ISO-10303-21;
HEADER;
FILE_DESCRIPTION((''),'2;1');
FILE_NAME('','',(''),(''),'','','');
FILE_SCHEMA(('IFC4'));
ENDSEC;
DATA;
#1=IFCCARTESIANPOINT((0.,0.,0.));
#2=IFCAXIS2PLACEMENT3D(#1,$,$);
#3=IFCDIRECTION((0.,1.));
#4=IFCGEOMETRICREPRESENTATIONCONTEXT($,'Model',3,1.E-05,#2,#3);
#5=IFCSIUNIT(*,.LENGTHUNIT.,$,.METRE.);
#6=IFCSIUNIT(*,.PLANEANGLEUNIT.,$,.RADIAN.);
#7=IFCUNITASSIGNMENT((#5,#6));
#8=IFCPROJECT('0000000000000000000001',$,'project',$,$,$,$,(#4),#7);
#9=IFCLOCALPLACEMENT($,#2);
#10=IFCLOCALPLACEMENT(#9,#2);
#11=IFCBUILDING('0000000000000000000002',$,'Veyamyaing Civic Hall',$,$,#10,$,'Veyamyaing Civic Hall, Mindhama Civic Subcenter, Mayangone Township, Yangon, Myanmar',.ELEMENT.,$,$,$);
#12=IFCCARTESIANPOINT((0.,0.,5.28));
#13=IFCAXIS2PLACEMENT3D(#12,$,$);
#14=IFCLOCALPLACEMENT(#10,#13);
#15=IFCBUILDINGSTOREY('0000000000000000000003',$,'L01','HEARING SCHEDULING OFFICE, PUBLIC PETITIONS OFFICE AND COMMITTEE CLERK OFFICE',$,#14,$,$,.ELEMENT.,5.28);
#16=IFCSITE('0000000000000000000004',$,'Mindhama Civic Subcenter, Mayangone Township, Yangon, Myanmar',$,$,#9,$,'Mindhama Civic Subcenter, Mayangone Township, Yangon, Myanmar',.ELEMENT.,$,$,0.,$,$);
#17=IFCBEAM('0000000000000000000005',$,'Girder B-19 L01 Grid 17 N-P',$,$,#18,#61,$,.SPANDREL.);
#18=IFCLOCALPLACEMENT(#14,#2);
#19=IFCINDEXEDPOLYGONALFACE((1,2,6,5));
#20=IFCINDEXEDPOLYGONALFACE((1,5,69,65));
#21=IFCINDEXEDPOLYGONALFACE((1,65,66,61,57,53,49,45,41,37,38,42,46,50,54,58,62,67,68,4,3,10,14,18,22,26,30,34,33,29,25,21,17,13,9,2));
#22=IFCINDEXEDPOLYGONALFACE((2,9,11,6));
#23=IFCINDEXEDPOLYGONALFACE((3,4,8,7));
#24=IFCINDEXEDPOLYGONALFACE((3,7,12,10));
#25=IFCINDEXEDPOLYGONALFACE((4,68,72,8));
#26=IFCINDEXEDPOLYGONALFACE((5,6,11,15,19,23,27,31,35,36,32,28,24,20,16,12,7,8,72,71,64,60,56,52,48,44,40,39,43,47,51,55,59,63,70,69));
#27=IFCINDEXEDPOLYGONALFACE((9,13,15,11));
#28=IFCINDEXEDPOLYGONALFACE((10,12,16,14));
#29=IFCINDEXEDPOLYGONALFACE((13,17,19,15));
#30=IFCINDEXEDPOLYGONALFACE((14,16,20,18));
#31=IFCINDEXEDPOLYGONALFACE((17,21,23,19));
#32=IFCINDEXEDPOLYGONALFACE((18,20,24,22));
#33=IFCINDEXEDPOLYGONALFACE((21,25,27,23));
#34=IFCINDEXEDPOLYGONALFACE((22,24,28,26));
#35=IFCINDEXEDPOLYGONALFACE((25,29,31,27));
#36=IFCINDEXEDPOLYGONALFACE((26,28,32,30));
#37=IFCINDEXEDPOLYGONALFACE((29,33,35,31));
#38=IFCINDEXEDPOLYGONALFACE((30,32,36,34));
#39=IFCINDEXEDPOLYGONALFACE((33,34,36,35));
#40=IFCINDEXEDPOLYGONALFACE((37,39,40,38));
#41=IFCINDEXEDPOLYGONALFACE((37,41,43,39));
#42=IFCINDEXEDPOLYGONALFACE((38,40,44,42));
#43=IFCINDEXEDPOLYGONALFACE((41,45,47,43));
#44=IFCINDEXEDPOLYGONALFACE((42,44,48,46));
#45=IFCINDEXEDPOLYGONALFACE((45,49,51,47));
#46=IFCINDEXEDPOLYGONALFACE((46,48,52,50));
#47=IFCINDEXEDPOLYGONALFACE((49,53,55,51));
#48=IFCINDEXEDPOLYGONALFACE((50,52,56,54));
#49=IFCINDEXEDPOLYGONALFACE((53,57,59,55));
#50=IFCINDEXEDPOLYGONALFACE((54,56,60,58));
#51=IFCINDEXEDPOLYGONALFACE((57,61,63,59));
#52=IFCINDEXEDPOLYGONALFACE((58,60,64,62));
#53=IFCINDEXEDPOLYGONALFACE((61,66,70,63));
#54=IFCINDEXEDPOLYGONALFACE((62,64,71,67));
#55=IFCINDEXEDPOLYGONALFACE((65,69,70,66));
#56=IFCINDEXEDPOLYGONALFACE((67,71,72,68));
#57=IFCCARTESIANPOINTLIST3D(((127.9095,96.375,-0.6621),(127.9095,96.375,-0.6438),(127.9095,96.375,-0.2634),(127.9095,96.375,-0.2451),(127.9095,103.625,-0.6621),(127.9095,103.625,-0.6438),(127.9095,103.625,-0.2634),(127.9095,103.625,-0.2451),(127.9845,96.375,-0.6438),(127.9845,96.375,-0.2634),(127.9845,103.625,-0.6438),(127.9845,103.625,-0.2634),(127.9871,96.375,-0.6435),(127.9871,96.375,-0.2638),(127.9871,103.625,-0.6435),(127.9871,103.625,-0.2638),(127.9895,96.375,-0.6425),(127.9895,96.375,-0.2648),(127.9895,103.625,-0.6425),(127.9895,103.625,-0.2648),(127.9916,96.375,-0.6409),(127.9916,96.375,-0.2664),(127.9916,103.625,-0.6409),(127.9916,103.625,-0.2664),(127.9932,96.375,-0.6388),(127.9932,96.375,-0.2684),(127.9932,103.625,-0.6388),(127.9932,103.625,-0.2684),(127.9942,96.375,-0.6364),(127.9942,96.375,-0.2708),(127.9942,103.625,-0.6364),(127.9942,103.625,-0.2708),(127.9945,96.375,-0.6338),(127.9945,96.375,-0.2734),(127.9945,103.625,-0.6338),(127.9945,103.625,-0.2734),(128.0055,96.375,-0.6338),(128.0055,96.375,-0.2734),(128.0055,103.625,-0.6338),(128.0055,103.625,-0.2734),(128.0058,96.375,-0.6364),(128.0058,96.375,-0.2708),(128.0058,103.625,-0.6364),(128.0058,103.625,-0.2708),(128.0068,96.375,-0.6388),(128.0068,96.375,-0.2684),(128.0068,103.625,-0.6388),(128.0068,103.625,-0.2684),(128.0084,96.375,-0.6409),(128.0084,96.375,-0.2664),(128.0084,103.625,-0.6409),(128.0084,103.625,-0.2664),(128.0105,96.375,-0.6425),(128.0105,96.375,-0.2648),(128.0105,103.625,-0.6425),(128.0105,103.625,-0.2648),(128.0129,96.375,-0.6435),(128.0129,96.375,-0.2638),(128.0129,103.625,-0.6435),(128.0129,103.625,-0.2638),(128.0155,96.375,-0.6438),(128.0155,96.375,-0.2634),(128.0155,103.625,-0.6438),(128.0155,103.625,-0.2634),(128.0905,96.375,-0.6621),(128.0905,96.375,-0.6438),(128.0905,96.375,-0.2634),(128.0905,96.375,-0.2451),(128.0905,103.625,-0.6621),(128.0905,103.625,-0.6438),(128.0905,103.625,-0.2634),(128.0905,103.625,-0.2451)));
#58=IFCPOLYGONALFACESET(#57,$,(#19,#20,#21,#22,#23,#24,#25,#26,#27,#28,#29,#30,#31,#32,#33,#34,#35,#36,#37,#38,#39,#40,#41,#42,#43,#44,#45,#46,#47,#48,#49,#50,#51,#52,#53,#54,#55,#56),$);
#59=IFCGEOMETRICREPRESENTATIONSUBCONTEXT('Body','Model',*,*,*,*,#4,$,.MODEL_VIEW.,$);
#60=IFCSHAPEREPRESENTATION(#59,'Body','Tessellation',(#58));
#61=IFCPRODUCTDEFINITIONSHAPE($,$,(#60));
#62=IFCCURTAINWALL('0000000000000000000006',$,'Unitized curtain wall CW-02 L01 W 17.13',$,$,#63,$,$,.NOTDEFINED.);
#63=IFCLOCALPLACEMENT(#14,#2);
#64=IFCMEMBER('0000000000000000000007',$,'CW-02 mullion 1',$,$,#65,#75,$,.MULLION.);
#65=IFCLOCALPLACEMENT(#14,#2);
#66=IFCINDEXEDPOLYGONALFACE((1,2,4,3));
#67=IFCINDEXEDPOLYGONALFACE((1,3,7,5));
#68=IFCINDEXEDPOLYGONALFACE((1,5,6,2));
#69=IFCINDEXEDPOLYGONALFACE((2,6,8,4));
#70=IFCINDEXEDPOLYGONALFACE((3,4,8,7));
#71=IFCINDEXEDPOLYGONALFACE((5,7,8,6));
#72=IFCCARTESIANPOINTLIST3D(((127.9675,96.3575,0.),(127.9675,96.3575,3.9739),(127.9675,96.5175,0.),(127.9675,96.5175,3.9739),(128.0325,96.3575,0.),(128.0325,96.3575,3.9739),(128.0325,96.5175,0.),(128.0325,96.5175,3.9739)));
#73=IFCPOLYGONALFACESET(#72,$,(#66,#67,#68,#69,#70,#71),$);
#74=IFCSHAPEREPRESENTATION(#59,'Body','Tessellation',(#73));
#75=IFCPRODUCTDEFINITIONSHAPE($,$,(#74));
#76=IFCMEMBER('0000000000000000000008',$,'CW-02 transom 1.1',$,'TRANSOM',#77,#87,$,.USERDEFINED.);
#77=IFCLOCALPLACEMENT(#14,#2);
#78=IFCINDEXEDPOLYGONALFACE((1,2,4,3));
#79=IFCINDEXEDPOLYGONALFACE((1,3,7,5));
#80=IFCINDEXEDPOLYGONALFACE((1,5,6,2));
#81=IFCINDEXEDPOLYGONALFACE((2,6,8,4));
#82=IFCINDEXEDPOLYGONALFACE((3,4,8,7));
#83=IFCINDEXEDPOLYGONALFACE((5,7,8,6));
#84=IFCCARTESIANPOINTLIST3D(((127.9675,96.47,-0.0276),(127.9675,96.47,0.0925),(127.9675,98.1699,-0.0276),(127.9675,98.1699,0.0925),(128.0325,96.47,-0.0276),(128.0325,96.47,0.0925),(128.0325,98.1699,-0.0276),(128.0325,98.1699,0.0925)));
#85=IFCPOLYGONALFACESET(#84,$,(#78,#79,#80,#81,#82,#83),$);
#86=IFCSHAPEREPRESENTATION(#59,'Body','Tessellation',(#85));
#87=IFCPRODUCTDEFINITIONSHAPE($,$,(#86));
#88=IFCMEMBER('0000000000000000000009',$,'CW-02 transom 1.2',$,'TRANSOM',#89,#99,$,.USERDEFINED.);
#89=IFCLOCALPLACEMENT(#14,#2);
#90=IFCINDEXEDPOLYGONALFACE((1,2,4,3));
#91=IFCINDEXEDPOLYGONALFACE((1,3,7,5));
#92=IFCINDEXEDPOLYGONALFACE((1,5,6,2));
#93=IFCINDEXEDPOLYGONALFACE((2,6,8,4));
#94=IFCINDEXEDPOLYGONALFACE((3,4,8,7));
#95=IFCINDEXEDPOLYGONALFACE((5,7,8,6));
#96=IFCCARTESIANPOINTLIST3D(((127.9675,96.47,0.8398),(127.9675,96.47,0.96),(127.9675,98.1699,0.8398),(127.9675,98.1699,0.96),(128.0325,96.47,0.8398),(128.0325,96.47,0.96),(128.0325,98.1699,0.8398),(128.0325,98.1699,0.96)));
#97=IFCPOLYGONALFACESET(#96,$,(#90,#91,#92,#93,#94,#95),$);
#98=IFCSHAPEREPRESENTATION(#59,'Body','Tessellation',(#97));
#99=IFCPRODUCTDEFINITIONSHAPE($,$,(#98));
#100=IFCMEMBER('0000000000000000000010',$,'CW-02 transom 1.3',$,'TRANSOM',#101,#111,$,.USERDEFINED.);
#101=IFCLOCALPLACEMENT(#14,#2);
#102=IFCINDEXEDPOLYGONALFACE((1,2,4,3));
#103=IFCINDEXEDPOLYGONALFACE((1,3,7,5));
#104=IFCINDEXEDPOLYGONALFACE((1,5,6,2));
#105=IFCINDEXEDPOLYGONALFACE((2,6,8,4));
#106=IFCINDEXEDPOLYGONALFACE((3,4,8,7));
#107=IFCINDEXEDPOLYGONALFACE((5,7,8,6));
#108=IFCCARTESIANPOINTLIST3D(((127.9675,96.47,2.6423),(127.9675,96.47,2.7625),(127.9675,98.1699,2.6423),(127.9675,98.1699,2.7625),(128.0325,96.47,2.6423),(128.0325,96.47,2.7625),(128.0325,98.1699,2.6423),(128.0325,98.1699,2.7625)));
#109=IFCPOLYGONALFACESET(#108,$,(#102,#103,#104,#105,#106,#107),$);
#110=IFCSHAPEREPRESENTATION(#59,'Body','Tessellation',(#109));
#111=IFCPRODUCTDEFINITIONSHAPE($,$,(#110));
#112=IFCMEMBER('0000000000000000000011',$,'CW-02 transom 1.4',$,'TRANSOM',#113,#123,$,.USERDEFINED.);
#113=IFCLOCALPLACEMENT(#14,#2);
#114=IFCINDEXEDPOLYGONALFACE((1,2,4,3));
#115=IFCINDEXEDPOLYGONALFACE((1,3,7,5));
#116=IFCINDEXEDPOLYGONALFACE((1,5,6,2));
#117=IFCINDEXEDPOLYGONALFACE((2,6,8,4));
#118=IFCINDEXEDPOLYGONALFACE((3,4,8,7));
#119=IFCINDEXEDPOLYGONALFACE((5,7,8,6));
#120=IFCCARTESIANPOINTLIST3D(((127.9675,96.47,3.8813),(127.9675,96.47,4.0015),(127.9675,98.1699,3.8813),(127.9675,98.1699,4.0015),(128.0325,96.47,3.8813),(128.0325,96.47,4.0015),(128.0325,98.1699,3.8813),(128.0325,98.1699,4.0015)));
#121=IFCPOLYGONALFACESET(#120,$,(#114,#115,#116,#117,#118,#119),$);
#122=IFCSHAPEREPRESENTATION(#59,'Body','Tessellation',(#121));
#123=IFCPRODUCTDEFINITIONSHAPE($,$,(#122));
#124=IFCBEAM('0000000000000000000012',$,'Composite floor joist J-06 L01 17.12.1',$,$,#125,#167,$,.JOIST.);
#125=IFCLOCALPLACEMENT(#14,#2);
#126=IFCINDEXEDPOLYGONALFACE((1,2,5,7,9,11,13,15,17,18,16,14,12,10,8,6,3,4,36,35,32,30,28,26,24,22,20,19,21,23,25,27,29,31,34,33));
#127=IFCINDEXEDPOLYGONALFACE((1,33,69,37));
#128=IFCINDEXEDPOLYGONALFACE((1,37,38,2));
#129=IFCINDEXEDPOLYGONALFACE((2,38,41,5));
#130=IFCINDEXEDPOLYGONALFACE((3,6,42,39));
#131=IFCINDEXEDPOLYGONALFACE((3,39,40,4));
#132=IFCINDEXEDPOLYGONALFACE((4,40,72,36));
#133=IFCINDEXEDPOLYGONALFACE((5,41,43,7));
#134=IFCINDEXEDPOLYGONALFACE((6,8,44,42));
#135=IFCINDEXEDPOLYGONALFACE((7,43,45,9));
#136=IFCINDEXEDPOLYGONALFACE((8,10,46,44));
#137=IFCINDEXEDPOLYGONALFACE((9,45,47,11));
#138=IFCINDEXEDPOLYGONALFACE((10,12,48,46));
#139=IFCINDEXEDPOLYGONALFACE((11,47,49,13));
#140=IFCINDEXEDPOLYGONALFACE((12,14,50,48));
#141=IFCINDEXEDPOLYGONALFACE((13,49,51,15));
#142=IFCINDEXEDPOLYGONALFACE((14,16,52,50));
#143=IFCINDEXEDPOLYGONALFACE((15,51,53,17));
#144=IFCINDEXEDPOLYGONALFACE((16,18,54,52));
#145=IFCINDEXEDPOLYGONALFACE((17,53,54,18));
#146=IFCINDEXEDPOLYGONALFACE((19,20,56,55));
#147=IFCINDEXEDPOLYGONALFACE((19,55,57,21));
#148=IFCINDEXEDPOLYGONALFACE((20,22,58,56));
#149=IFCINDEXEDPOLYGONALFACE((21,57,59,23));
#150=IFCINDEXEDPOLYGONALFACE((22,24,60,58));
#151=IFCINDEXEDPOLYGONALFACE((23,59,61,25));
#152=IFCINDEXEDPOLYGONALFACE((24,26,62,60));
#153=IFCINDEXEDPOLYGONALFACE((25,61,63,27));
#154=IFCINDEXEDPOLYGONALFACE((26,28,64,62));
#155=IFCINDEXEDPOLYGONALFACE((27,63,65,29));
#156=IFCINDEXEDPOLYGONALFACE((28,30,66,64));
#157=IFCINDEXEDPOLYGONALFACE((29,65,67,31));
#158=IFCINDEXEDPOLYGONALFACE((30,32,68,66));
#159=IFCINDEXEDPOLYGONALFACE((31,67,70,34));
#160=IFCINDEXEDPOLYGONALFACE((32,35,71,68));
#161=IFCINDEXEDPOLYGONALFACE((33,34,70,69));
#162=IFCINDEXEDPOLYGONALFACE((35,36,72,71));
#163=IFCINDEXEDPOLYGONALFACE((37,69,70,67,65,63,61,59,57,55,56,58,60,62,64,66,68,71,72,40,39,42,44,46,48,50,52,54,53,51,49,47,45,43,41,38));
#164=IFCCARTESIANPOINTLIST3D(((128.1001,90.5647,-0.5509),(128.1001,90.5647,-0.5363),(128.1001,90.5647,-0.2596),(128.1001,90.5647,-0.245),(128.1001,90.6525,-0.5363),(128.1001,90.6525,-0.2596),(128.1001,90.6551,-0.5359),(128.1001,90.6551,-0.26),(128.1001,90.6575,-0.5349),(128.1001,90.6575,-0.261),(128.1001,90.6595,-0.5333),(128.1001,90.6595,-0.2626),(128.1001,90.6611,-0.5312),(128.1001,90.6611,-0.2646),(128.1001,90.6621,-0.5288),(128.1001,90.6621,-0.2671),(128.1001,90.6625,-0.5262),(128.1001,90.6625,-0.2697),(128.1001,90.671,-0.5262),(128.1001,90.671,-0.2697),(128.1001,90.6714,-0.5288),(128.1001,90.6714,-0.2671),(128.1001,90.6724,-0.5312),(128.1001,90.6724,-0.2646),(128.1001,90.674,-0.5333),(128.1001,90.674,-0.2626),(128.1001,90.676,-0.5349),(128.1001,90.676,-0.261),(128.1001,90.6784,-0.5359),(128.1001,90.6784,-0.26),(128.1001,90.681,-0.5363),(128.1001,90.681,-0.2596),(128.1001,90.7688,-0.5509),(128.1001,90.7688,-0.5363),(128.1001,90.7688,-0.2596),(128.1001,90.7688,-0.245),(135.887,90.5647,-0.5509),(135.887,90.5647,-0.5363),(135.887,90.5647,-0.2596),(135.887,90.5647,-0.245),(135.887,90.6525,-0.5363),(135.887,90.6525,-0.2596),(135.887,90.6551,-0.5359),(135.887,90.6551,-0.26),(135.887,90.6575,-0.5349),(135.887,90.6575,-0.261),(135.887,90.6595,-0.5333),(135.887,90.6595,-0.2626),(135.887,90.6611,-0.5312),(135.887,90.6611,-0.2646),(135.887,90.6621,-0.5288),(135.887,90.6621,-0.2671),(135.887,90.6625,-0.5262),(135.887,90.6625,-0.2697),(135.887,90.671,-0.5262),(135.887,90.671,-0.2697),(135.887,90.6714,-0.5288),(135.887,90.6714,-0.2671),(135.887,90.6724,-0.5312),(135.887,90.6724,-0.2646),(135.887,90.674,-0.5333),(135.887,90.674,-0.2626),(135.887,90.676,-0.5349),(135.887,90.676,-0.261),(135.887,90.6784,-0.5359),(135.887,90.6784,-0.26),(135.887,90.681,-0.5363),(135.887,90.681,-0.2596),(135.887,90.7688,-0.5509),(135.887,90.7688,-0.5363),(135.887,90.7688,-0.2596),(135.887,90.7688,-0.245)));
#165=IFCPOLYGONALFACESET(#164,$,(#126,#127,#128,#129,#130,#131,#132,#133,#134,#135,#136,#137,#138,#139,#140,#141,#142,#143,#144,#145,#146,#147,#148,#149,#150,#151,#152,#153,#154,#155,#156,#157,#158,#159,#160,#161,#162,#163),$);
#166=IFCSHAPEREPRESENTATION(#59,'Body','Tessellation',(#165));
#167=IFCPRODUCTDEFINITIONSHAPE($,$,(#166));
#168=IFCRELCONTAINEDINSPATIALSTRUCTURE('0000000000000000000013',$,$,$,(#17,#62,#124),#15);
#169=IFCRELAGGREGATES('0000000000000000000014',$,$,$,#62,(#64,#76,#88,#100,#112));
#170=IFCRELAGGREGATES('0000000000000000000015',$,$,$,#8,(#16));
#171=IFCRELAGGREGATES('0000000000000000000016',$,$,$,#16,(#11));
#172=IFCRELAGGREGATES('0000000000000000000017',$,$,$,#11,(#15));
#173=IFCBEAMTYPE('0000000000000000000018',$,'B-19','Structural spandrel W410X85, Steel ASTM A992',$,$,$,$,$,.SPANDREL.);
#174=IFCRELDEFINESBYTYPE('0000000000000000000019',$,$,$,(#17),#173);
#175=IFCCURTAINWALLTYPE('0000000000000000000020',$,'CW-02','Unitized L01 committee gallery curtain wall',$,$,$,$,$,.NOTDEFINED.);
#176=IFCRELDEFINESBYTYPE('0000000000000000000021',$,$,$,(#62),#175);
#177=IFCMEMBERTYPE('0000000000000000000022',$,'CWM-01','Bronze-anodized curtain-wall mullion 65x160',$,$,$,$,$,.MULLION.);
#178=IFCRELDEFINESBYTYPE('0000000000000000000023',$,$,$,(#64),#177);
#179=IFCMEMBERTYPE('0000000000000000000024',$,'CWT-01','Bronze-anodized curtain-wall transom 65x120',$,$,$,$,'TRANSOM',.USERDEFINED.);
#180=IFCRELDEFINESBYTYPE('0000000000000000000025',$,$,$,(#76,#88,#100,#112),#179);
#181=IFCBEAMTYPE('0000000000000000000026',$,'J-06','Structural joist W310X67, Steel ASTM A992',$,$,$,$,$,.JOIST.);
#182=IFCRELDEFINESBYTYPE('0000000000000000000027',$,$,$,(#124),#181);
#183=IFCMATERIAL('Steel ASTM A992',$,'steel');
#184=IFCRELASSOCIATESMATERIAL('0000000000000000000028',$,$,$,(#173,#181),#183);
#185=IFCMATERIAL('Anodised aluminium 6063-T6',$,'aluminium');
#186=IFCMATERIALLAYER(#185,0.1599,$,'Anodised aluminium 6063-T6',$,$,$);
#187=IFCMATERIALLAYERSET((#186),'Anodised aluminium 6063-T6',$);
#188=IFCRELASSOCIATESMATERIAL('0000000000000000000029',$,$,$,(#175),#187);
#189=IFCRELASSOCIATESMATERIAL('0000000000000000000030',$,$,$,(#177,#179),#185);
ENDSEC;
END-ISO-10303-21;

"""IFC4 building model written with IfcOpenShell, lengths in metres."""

from ifc_helpers import new_model, si_unit, direction, frame, origin, origin_2d, place, context, subcontext, project, spatial, rectangle, i_section, extrude, material, layer, layer_set, material_profile, profile_set, type_object, element, aggregate, save


model = new_model("IFC4")

# Units and contexts
model_context = context("Model", 3, precision=1e-05, world=origin(), true_north=direction((0.0, 1.0)))
body_context = subcontext(model_context, "Body", "Model", "MODEL_VIEW")
ifc_project = project(units=[si_unit("LENGTHUNIT", "METRE"), si_unit("PLANEANGLEUNIT", "RADIAN")], contexts=[model_context])

# Site, building, storey
site_placement = place(None, origin())
site = spatial("IfcSite", under=ifc_project, at=site_placement, Name="Mindhama Civic Subcenter, Mayangone Township, Yangon, Myanmar", LongName="Mindhama Civic Subcenter, Mayangone Township, Yangon, Myanmar", CompositionType="ELEMENT", RefElevation=0.0)
building_placement = place(site_placement, origin())
building = spatial("IfcBuilding", under=site, at=building_placement, Name="Veyamyaing Civic Hall", LongName="Veyamyaing Civic Hall, Mindhama Civic Subcenter, Mayangone Township, Yangon, Myanmar", CompositionType="ELEMENT")
storey_placement = place(building_placement, frame((0.0, 0.0, 5.28)))
storey = spatial("IfcBuildingStorey", under=building, at=storey_placement, Name="L01", Description="HEARING SCHEDULING OFFICE, PUBLIC PETITIONS OFFICE AND COMMITTEE CLERK OFFICE", CompositionType="ELEMENT", Elevation=5.28)

# Beam
ifc_material_1 = material(Name="Steel ASTM A992", Category="steel")
ifc_material_profile_1 = material_profile(ifc_material_1, i_section(OverallWidth=0.1809, OverallDepth=0.417, WebThickness=0.011, FlangeThickness=0.0183, FilletRadius=0.01, at=origin_2d()), Name="W410X85")
ifc_profile_set_1 = profile_set([ifc_material_profile_1], Name="Steel ASTM A992")
beam_type_1 = type_object("IfcBeamType", Name="B-19", Description="Structural spandrel W410X85, Steel ASTM A992", PredefinedType="SPANDREL", material=ifc_profile_set_1)
beam_1_placement = place(storey_placement, frame((128.0, 96.375, -0.4536), z_axis=(0.0, 1.0, 0.0), x_axis=(-1.0, 0.0, 0.0)))
element("IfcBeam", 1, at=beam_1_placement, inside=storey, type_object=beam_type_1, Name="Girder B-19 L01 Grid 17 N-P", PredefinedType="SPANDREL", context=body_context, shape_type="SweptSolid", body=[
    extrude(i_section(OverallWidth=0.1809, OverallDepth=0.417, WebThickness=0.011, FlangeThickness=0.0183, FilletRadius=0.01, at=origin_2d()), origin(), (0.0, 0.0, 1.0), 7.25),
])

# Curtain wall, members
ifc_material_2 = material(Name="Anodised aluminium 6063-T6", Category="aluminium")
ifc_layer_1 = layer(ifc_material_2, 0.1599, Name="Anodised aluminium 6063-T6")
ifc_layer_set_1 = layer_set([ifc_layer_1], Name="Anodised aluminium 6063-T6")
curtain_wall_type = type_object("IfcCurtainWallType", Name="CW-02", Description="Unitized L01 committee gallery curtain wall", PredefinedType="NOTDEFINED", material=ifc_layer_set_1)
curtain_wall_placement = place(storey_placement, origin())
curtain_wall = element("IfcCurtainWall", 2, at=curtain_wall_placement, inside=storey, type_object=curtain_wall_type, Name="Unitized curtain wall CW-02 L01 W 17.13", PredefinedType="NOTDEFINED")
ifc_material_profile_2 = material_profile(ifc_material_2, rectangle(XDim=0.0649, YDim=0.1599, at=origin_2d()), Name="ALU-MUL-65X160")
ifc_profile_set_2 = profile_set([ifc_material_profile_2], Name="Anodised aluminium 6063-T6")
member_type_1 = type_object("IfcMemberType", Name="CWM-01", Description="Bronze-anodized curtain-wall mullion 65x160", PredefinedType="MULLION", material=ifc_profile_set_2)
member_1_placement = place(storey_placement, frame((128.0, 96.4375, 0.0), z_axis=(0.0, 0.0, 1.0), x_axis=(-1.0, 0.0, 0.0)))
member_1 = element("IfcMember", 3, at=member_1_placement, type_object=member_type_1, Name="CW-02 mullion 1", PredefinedType="MULLION", context=body_context, shape_type="SweptSolid", body=[
    extrude(rectangle(XDim=0.0649, YDim=0.1599, at=origin_2d()), origin(), (0.0, 0.0, 1.0), 3.9739),
])
ifc_material_profile_3 = material_profile(ifc_material_2, rectangle(XDim=0.0649, YDim=0.1201, at=origin_2d()), Name="ALU-TRN-65X120")
ifc_profile_set_3 = profile_set([ifc_material_profile_3], Name="Anodised aluminium 6063-T6")
member_type_2 = type_object("IfcMemberType", Name="CWT-01", Description="Bronze-anodized curtain-wall transom 65x120", ElementType="TRANSOM", PredefinedType="USERDEFINED", material=ifc_profile_set_3)
member_2_placement = place(storey_placement, frame((128.0, 96.47, 0.0325), z_axis=(0.0, 1.0, 0.0), x_axis=(-1.0, 0.0, 0.0)))
member_2 = element("IfcMember", 4, at=member_2_placement, type_object=member_type_2, Name="CW-02 transom 1.1", ObjectType="TRANSOM", PredefinedType="USERDEFINED", context=body_context, shape_type="SweptSolid", body=[
    extrude(rectangle(XDim=0.0649, YDim=0.1201, at=origin_2d()), origin(), (0.0, 0.0, 1.0), 1.7),
])
member_3_placement = place(storey_placement, frame((128.0, 96.47, 0.8999), z_axis=(0.0, 1.0, 0.0), x_axis=(-1.0, 0.0, 0.0)))
member_3 = element("IfcMember", 5, at=member_3_placement, type_object=member_type_2, Name="CW-02 transom 1.2", ObjectType="TRANSOM", PredefinedType="USERDEFINED", context=body_context, shape_type="SweptSolid", body=[
    extrude(rectangle(XDim=0.0649, YDim=0.1201, at=origin_2d()), origin(), (0.0, 0.0, 1.0), 1.7),
])
member_4_placement = place(storey_placement, frame((128.0, 96.47, 2.7024), z_axis=(0.0, 1.0, 0.0), x_axis=(-1.0, 0.0, 0.0)))
member_4 = element("IfcMember", 6, at=member_4_placement, type_object=member_type_2, Name="CW-02 transom 1.3", ObjectType="TRANSOM", PredefinedType="USERDEFINED", context=body_context, shape_type="SweptSolid", body=[
    extrude(rectangle(XDim=0.0649, YDim=0.1201, at=origin_2d()), origin(), (0.0, 0.0, 1.0), 1.7),
])
member_5_placement = place(storey_placement, frame((128.0, 96.47, 3.9414), z_axis=(0.0, 1.0, 0.0), x_axis=(-1.0, 0.0, 0.0)))
member_5 = element("IfcMember", 7, at=member_5_placement, type_object=member_type_2, Name="CW-02 transom 1.4", ObjectType="TRANSOM", PredefinedType="USERDEFINED", context=body_context, shape_type="SweptSolid", body=[
    extrude(rectangle(XDim=0.0649, YDim=0.1201, at=origin_2d()), origin(), (0.0, 0.0, 1.0), 1.7),
])
aggregate(curtain_wall, [member_1, member_2, member_3, member_4, member_5])

# Beam
ifc_material_profile_4 = material_profile(ifc_material_1, i_section(OverallWidth=0.2041, OverallDepth=0.3059, WebThickness=0.0085, FlangeThickness=0.0146, FilletRadius=0.01, at=origin_2d()), Name="W310X67")
ifc_profile_set_4 = profile_set([ifc_material_profile_4], Name="Steel ASTM A992")
beam_type_2 = type_object("IfcBeamType", Name="J-06", Description="Structural joist W310X67, Steel ASTM A992", PredefinedType="JOIST", material=ifc_profile_set_4)
for number, where, z_axis, x_axis, name in (
    (8, (128.1001, 90.6667, -0.3979), (1.0, 0.0, 0.0), (0.0, 1.0, 0.0), "Composite floor joist J-06 L01 17.12.1"),
):
    element("IfcBeam", number, at=place(storey_placement, frame(where, z_axis=z_axis, x_axis=x_axis)), inside=storey, type_object=beam_type_2, Name=name, PredefinedType="JOIST", context=body_context, shape_type="SweptSolid", body=[
        extrude(i_section(OverallWidth=0.2041, OverallDepth=0.3059, WebThickness=0.0085, FlangeThickness=0.0146, FilletRadius=0.01, at=origin_2d()), origin(), (0.0, 0.0, 1.0), 7.7869),
    ])

save(model, "model.ifc")
